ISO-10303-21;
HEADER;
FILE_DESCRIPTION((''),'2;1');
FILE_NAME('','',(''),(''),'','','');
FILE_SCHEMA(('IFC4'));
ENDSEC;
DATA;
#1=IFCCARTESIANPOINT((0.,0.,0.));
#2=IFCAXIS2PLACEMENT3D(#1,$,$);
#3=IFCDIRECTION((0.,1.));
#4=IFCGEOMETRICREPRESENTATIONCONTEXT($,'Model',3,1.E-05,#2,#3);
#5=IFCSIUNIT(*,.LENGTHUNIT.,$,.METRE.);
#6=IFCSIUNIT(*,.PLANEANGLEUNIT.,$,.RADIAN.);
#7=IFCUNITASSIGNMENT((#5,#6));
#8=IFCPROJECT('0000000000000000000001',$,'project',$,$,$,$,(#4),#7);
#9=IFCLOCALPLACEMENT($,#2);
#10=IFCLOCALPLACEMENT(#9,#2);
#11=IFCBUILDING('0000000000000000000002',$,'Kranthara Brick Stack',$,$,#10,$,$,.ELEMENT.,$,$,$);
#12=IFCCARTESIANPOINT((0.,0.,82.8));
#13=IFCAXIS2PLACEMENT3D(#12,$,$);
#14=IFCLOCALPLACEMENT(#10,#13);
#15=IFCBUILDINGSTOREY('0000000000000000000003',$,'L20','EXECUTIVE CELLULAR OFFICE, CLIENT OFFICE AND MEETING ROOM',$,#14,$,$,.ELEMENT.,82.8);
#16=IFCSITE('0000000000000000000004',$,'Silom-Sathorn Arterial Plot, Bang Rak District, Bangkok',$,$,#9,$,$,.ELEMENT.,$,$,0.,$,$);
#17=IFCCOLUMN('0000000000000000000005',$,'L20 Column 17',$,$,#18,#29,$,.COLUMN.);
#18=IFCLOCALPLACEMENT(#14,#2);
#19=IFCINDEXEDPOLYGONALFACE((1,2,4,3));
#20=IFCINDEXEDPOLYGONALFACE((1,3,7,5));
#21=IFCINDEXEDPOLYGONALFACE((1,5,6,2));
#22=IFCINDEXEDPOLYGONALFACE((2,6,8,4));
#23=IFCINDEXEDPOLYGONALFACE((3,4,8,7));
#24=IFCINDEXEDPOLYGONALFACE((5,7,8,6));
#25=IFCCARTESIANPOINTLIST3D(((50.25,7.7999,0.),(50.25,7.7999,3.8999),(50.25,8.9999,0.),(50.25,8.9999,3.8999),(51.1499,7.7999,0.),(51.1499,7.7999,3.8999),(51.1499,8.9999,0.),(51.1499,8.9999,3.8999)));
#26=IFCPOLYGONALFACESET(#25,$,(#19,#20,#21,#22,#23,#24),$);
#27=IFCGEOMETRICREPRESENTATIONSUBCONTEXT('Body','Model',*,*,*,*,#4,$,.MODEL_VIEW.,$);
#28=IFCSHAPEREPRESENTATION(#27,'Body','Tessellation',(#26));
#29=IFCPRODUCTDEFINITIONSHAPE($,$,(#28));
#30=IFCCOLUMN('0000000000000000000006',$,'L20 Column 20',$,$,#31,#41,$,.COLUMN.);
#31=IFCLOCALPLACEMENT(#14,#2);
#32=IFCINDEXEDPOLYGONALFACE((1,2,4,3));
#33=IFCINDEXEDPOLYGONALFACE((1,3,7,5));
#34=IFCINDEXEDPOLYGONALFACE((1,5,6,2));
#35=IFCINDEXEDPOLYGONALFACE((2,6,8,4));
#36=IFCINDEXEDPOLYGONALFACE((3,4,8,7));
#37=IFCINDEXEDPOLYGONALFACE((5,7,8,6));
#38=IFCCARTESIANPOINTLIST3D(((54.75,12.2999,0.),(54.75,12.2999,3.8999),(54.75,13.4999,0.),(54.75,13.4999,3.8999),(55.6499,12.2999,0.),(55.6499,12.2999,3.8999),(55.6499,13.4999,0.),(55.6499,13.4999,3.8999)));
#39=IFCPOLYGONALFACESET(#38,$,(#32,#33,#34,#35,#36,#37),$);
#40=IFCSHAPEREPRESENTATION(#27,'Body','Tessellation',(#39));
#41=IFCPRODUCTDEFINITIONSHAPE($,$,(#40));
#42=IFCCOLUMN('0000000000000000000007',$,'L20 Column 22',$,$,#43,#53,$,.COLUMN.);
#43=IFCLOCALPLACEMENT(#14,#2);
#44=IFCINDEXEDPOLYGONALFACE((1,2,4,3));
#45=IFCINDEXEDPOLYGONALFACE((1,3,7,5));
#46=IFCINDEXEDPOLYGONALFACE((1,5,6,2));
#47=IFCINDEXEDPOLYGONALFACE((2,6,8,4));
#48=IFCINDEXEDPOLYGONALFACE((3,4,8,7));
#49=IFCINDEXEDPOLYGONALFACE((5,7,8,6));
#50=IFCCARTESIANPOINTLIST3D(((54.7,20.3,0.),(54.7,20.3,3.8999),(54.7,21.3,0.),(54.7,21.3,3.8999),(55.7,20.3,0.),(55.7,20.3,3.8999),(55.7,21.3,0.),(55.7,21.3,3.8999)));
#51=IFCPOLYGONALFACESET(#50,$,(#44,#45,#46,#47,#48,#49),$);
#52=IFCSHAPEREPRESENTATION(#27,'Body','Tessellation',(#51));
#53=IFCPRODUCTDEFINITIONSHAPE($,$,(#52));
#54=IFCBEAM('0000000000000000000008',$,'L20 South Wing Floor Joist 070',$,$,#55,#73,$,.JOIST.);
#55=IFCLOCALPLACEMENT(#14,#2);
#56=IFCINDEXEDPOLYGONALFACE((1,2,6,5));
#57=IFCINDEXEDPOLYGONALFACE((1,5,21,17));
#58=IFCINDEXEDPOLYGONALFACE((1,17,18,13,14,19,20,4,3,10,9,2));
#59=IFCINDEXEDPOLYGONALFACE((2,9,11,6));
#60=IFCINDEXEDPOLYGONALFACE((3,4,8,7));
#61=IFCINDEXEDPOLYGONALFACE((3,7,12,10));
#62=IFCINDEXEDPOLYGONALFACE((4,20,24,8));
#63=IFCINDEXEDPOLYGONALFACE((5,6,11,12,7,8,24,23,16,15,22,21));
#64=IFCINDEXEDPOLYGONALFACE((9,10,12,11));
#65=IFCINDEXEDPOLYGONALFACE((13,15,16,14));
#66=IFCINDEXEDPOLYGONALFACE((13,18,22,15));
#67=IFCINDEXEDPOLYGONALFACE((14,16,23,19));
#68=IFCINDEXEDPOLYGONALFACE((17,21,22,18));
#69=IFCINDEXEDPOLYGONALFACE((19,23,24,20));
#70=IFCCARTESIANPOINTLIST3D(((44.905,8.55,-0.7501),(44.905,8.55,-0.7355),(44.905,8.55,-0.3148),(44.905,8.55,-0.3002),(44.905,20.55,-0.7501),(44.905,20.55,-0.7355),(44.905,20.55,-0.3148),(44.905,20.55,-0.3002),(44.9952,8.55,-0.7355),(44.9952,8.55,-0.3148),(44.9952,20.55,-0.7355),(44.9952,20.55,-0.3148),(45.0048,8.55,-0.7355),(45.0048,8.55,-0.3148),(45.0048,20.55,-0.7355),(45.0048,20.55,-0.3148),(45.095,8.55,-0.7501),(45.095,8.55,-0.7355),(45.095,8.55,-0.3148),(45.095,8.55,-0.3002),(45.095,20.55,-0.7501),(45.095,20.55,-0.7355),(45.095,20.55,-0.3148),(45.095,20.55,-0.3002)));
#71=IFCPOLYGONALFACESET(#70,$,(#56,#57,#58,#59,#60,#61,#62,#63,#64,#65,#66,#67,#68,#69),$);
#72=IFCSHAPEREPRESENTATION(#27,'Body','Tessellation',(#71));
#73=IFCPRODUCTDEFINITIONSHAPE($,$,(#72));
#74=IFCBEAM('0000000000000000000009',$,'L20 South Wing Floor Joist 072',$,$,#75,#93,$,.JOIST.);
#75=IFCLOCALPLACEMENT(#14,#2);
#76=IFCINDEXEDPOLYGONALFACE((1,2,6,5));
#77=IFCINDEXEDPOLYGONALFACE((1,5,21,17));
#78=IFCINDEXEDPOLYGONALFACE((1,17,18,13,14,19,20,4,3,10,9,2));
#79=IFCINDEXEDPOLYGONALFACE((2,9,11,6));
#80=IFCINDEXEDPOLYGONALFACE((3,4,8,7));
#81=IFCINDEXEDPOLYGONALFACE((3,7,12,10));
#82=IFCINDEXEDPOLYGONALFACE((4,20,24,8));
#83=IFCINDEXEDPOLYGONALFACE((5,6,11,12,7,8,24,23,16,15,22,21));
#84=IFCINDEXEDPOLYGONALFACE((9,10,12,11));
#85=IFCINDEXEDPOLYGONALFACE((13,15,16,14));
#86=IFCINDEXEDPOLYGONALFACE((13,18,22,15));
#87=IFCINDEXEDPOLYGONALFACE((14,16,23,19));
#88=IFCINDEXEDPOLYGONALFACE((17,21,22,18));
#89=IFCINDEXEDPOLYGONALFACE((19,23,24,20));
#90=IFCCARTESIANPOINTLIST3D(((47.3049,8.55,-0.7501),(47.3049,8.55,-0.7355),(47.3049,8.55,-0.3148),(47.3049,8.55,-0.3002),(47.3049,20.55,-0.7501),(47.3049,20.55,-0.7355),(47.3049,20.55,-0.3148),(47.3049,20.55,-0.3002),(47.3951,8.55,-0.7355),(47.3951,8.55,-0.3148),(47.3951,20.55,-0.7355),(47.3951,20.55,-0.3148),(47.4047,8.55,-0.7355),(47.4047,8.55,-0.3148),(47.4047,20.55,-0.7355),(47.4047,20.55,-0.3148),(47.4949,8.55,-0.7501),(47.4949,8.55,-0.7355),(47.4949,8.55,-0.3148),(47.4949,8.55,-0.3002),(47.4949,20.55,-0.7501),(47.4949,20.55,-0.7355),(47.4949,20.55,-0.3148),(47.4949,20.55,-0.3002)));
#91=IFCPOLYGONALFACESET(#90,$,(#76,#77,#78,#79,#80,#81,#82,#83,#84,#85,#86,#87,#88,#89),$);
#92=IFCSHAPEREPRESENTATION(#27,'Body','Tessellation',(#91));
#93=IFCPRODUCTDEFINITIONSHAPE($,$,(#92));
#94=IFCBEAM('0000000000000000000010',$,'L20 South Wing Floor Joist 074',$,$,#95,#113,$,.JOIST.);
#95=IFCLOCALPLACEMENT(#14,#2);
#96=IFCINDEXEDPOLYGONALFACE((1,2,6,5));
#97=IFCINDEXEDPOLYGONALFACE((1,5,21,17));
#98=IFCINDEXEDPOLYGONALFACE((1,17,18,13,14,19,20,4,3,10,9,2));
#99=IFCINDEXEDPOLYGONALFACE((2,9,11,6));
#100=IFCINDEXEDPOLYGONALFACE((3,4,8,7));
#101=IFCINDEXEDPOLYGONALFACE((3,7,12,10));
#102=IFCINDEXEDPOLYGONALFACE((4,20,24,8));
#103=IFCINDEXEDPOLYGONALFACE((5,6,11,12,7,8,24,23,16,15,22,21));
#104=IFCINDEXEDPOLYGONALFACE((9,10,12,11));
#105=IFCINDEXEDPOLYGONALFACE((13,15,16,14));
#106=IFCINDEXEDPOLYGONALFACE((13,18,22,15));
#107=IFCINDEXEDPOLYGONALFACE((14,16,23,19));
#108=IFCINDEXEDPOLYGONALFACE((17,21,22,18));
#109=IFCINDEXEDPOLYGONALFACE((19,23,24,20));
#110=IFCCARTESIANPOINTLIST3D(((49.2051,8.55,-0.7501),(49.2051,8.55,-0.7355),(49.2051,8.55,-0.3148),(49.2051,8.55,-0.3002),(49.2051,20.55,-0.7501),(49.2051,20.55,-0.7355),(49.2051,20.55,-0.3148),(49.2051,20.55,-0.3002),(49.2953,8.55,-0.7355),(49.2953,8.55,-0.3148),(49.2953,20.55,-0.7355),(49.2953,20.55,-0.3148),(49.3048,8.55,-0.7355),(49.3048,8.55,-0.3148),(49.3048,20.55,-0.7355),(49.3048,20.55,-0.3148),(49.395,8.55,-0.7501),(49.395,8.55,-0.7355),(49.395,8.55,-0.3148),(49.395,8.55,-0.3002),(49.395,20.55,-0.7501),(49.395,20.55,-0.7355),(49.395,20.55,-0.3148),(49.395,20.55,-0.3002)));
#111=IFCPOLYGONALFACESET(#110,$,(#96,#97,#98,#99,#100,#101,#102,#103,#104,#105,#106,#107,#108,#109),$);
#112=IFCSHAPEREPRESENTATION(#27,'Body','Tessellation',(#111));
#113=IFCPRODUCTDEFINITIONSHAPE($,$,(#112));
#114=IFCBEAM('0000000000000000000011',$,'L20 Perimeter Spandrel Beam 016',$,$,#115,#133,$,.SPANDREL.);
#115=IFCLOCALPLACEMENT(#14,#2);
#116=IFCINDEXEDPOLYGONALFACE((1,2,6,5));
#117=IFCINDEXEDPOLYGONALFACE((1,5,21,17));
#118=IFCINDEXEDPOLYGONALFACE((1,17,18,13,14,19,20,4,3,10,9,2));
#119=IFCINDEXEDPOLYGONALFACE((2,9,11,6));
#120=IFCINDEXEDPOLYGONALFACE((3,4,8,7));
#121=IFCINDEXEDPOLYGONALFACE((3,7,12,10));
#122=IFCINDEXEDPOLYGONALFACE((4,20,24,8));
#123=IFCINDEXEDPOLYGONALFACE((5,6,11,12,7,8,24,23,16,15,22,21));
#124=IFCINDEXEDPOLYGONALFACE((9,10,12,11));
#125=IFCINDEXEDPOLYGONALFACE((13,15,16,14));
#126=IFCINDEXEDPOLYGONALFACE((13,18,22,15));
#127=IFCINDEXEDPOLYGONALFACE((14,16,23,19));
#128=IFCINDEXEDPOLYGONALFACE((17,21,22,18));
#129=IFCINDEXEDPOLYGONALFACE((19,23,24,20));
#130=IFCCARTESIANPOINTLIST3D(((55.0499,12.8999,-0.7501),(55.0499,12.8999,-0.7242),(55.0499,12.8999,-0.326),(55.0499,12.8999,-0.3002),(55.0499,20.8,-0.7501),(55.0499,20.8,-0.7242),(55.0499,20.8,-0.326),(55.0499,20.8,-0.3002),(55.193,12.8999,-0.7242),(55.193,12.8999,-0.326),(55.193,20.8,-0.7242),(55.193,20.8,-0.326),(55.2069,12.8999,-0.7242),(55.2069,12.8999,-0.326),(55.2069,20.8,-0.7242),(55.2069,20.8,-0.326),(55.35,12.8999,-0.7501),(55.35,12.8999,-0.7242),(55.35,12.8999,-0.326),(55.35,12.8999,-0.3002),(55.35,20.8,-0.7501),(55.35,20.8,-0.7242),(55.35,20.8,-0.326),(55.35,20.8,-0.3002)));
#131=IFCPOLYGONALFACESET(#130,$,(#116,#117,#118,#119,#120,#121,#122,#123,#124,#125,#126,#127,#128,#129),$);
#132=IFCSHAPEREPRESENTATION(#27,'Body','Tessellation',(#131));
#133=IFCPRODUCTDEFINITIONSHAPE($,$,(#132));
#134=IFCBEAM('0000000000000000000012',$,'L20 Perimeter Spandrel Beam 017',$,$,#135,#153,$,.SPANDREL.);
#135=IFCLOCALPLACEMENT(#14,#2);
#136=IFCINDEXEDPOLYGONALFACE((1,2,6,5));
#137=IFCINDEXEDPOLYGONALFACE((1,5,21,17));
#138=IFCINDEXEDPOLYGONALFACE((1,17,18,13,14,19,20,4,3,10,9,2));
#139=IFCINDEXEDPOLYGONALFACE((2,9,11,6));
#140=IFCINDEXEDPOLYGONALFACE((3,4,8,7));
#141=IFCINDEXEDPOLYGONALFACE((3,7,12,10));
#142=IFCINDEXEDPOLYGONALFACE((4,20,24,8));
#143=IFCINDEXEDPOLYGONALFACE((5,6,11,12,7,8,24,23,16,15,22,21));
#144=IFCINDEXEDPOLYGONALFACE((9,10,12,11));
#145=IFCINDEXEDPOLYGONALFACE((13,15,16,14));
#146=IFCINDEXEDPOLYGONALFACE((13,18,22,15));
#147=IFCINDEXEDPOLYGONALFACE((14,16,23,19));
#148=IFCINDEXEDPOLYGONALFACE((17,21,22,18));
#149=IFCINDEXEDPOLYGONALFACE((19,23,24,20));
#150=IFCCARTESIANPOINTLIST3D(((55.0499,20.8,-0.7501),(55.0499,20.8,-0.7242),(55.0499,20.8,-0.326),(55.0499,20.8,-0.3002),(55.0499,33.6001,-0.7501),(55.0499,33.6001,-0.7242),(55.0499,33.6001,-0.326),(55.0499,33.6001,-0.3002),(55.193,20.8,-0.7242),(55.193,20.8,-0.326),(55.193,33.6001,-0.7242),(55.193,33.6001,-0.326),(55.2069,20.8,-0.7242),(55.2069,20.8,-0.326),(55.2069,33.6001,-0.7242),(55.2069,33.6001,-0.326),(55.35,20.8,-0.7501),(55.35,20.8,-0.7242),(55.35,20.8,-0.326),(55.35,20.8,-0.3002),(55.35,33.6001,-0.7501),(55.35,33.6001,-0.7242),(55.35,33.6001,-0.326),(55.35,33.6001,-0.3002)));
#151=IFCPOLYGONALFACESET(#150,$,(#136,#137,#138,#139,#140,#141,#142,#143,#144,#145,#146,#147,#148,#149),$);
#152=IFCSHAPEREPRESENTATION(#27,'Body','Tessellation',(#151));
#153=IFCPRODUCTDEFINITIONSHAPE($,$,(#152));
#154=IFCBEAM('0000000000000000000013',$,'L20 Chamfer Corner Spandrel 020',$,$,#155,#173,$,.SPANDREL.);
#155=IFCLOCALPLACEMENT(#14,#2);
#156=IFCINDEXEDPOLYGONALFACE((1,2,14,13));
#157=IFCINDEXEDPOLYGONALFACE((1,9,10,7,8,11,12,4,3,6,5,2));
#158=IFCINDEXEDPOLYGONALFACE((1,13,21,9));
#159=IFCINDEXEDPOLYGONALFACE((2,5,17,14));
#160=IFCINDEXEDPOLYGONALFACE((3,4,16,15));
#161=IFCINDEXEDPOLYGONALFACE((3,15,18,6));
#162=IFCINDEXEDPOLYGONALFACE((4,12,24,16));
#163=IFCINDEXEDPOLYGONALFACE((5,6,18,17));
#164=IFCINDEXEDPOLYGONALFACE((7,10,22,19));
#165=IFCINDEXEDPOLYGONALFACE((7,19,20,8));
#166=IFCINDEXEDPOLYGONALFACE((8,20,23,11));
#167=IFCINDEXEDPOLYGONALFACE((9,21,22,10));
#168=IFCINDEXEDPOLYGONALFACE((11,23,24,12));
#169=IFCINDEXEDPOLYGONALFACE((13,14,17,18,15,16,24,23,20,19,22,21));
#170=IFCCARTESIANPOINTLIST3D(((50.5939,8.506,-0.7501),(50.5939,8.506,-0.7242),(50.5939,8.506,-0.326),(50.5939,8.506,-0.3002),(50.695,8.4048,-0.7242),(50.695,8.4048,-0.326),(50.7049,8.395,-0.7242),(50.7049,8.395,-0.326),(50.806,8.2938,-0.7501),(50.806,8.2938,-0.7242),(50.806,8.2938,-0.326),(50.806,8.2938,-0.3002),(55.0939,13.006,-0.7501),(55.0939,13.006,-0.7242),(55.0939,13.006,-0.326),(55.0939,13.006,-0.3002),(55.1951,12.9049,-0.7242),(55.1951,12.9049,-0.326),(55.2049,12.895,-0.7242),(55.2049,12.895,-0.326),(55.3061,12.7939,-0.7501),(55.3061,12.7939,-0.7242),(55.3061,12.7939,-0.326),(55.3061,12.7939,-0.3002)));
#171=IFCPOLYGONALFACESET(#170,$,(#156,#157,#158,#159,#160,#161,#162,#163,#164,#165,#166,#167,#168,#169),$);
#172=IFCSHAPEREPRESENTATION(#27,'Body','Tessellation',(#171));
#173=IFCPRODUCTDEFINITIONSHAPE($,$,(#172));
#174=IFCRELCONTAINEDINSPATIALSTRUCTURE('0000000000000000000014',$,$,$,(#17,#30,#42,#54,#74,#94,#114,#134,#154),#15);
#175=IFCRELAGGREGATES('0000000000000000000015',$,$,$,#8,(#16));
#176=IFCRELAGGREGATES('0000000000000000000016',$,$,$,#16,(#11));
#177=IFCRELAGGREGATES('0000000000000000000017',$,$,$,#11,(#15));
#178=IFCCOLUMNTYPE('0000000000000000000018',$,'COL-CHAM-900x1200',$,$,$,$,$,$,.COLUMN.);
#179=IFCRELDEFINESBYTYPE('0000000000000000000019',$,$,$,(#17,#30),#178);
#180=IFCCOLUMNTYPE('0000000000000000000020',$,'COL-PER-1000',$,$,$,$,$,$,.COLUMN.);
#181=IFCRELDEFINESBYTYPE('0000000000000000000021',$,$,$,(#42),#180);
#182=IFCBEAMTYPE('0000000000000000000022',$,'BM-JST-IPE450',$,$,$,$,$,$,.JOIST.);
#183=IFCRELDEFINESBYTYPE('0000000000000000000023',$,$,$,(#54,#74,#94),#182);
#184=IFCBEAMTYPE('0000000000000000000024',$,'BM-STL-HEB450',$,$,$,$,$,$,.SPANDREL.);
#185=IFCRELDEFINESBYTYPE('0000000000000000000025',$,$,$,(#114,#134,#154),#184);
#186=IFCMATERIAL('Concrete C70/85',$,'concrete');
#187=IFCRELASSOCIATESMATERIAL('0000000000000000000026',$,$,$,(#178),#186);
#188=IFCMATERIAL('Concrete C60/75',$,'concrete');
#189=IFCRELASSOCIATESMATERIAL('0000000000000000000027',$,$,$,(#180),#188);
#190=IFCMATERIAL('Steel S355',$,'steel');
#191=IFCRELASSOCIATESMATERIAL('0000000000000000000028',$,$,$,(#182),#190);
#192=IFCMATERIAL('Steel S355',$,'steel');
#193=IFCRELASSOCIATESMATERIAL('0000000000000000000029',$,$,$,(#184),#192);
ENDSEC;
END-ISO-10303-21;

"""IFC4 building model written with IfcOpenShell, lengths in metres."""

from ifc_helpers import new_model, si_unit, direction, frame, origin, origin_2d, place, context, subcontext, project, spatial, rectangle, i_section, extrude, material, material_profile, profile_set, type_object, element, save


model = new_model("IFC4")

# Units and contexts
model_context = context("Model", 3, precision=1e-05, world=origin(), true_north=direction((0.0, 1.0)))
body_context = subcontext(model_context, "Body", "Model", "MODEL_VIEW")
ifc_project = project(units=[si_unit("LENGTHUNIT", "METRE"), si_unit("PLANEANGLEUNIT", "RADIAN")], contexts=[model_context])

# Site, building, storey
site_placement = place(None, origin())
site = spatial("IfcSite", under=ifc_project, at=site_placement, Name="Silom-Sathorn Arterial Plot, Bang Rak District, Bangkok", CompositionType="ELEMENT", RefElevation=0.0)
building_placement = place(site_placement, origin())
building = spatial("IfcBuilding", under=site, at=building_placement, Name="Kranthara Brick Stack", CompositionType="ELEMENT")
storey_placement = place(building_placement, frame((0.0, 0.0, 82.8)))
storey = spatial("IfcBuildingStorey", under=building, at=storey_placement, Name="L20", Description="EXECUTIVE CELLULAR OFFICE, CLIENT OFFICE AND MEETING ROOM", CompositionType="ELEMENT", Elevation=82.8)

# Columns
ifc_material_1 = material(Name="Concrete C70/85", Category="concrete")
ifc_material_profile_1 = material_profile(ifc_material_1, rectangle(XDim=0.8999, YDim=1.2, at=origin_2d()), Name="RC 900x1200")
ifc_profile_set_1 = profile_set([ifc_material_profile_1], Name="Concrete C70/85")
column_type_1 = type_object("IfcColumnType", Name="COL-CHAM-900x1200", PredefinedType="COLUMN", material=ifc_profile_set_1)
for number, where, z_axis, x_axis, name in (
    (1, (50.7, 8.3999, 0.0), (0.0, 0.0, 1.0), (1.0, 0.0, 0.0), "L20 Column 17"),
    (2, (55.2, 12.8999, 0.0), (0.0, 0.0, 1.0), (1.0, 0.0, 0.0), "L20 Column 20"),
):
    element("IfcColumn", number, at=place(storey_placement, frame(where, z_axis=z_axis, x_axis=x_axis)), inside=storey, type_object=column_type_1, Name=name, PredefinedType="COLUMN", context=body_context, shape_type="SweptSolid", body=[
        extrude(rectangle(XDim=0.8999, YDim=1.2, at=origin_2d()), origin(), (0.0, 0.0, 1.0), 3.8999),
    ])
ifc_material_2 = material(Name="Concrete C60/75", Category="concrete")
ifc_material_profile_2 = material_profile(ifc_material_2, rectangle(XDim=1.0, YDim=1.0, at=origin_2d()), Name="RC 1000x1000")
ifc_profile_set_2 = profile_set([ifc_material_profile_2], Name="Concrete C60/75")
column_type_2 = type_object("IfcColumnType", Name="COL-PER-1000", PredefinedType="COLUMN", material=ifc_profile_set_2)
column_placement = place(storey_placement, frame((55.2, 20.8, 0.0), z_axis=(0.0, 0.0, 1.0), x_axis=(1.0, 0.0, 0.0)))
element("IfcColumn", 3, at=column_placement, inside=storey, type_object=column_type_2, Name="L20 Column 22", PredefinedType="COLUMN", context=body_context, shape_type="SweptSolid", body=[
    extrude(rectangle(XDim=1.0, YDim=1.0, at=origin_2d()), origin(), (0.0, 0.0, 1.0), 3.8999),
])

# Beams
ifc_material_3 = material(Name="Steel S355", Category="steel")
ifc_material_profile_3 = material_profile(ifc_material_3, i_section(OverallWidth=0.1899, OverallDepth=0.45, WebThickness=0.0095, FlangeThickness=0.0146, at=origin_2d()), Name="IPE 450")
ifc_profile_set_3 = profile_set([ifc_material_profile_3], Name="Steel S355")
beam_type_1 = type_object("IfcBeamType", Name="BM-JST-IPE450", PredefinedType="JOIST", material=ifc_profile_set_3)
for number, where, z_axis, x_axis, name in (
    (4, (45.0, 8.55, -0.5251), (0.0, 1.0, 0.0), (-1.0, 0.0, 0.0), "L20 South Wing Floor Joist 070"),
    (5, (47.3999, 8.55, -0.5251), (0.0, 1.0, 0.0), (-1.0, 0.0, 0.0), "L20 South Wing Floor Joist 072"),
    (6, (49.3, 8.55, -0.5251), (0.0, 1.0, 0.0), (-1.0, 0.0, 0.0), "L20 South Wing Floor Joist 074"),
):
    element("IfcBeam", number, at=place(storey_placement, frame(where, z_axis=z_axis, x_axis=x_axis)), inside=storey, type_object=beam_type_1, Name=name, PredefinedType="JOIST", context=body_context, shape_type="SweptSolid", body=[
        extrude(i_section(OverallWidth=0.1899, OverallDepth=0.45, WebThickness=0.0095, FlangeThickness=0.0146, at=origin_2d()), origin(), (0.0, 0.0, 1.0), 12.0),
    ])
ifc_material_4 = material(Name="Steel S355", Category="steel")
ifc_material_profile_4 = material_profile(ifc_material_4, i_section(OverallWidth=0.3, OverallDepth=0.45, WebThickness=0.0139, FlangeThickness=0.0259, at=origin_2d()), Name="HEB 450")
ifc_profile_set_4 = profile_set([ifc_material_profile_4], Name="Steel S355")
beam_type_2 = type_object("IfcBeamType", Name="BM-STL-HEB450", PredefinedType="SPANDREL", material=ifc_profile_set_4)
beam_1_placement = place(storey_placement, frame((55.2, 12.8999, -0.5251), z_axis=(0.0, 1.0, 0.0), x_axis=(-1.0, 0.0, 0.0)))
element("IfcBeam", 7, at=beam_1_placement, inside=storey, type_object=beam_type_2, Name="L20 Perimeter Spandrel Beam 016", PredefinedType="SPANDREL", context=body_context, shape_type="SweptSolid", body=[
    extrude(i_section(OverallWidth=0.3, OverallDepth=0.45, WebThickness=0.0139, FlangeThickness=0.0259, at=origin_2d()), origin(), (0.0, 0.0, 1.0), 7.9001),
])
beam_2_placement = place(storey_placement, frame((55.2, 20.8, -0.5251), z_axis=(0.0, 1.0, 0.0), x_axis=(-1.0, 0.0, 0.0)))
element("IfcBeam", 8, at=beam_2_placement, inside=storey, type_object=beam_type_2, Name="L20 Perimeter Spandrel Beam 017", PredefinedType="SPANDREL", context=body_context, shape_type="SweptSolid", body=[
    extrude(i_section(OverallWidth=0.3, OverallDepth=0.45, WebThickness=0.0139, FlangeThickness=0.0259, at=origin_2d()), origin(), (0.0, 0.0, 1.0), 12.8),
])
beam_3_placement = place(storey_placement, frame((50.7, 8.3999, -0.5251), z_axis=(0.707107, 0.707107, 0.0), x_axis=(-0.707107, 0.707107, 0.0)))
element("IfcBeam", 9, at=beam_3_placement, inside=storey, type_object=beam_type_2, Name="L20 Chamfer Corner Spandrel 020", PredefinedType="SPANDREL", context=body_context, shape_type="SweptSolid", body=[
    extrude(i_section(OverallWidth=0.3, OverallDepth=0.45, WebThickness=0.0139, FlangeThickness=0.0259, at=origin_2d()), origin(), (0.0, 0.0, 1.0), 6.364),
])

save(model, "model.ifc")
